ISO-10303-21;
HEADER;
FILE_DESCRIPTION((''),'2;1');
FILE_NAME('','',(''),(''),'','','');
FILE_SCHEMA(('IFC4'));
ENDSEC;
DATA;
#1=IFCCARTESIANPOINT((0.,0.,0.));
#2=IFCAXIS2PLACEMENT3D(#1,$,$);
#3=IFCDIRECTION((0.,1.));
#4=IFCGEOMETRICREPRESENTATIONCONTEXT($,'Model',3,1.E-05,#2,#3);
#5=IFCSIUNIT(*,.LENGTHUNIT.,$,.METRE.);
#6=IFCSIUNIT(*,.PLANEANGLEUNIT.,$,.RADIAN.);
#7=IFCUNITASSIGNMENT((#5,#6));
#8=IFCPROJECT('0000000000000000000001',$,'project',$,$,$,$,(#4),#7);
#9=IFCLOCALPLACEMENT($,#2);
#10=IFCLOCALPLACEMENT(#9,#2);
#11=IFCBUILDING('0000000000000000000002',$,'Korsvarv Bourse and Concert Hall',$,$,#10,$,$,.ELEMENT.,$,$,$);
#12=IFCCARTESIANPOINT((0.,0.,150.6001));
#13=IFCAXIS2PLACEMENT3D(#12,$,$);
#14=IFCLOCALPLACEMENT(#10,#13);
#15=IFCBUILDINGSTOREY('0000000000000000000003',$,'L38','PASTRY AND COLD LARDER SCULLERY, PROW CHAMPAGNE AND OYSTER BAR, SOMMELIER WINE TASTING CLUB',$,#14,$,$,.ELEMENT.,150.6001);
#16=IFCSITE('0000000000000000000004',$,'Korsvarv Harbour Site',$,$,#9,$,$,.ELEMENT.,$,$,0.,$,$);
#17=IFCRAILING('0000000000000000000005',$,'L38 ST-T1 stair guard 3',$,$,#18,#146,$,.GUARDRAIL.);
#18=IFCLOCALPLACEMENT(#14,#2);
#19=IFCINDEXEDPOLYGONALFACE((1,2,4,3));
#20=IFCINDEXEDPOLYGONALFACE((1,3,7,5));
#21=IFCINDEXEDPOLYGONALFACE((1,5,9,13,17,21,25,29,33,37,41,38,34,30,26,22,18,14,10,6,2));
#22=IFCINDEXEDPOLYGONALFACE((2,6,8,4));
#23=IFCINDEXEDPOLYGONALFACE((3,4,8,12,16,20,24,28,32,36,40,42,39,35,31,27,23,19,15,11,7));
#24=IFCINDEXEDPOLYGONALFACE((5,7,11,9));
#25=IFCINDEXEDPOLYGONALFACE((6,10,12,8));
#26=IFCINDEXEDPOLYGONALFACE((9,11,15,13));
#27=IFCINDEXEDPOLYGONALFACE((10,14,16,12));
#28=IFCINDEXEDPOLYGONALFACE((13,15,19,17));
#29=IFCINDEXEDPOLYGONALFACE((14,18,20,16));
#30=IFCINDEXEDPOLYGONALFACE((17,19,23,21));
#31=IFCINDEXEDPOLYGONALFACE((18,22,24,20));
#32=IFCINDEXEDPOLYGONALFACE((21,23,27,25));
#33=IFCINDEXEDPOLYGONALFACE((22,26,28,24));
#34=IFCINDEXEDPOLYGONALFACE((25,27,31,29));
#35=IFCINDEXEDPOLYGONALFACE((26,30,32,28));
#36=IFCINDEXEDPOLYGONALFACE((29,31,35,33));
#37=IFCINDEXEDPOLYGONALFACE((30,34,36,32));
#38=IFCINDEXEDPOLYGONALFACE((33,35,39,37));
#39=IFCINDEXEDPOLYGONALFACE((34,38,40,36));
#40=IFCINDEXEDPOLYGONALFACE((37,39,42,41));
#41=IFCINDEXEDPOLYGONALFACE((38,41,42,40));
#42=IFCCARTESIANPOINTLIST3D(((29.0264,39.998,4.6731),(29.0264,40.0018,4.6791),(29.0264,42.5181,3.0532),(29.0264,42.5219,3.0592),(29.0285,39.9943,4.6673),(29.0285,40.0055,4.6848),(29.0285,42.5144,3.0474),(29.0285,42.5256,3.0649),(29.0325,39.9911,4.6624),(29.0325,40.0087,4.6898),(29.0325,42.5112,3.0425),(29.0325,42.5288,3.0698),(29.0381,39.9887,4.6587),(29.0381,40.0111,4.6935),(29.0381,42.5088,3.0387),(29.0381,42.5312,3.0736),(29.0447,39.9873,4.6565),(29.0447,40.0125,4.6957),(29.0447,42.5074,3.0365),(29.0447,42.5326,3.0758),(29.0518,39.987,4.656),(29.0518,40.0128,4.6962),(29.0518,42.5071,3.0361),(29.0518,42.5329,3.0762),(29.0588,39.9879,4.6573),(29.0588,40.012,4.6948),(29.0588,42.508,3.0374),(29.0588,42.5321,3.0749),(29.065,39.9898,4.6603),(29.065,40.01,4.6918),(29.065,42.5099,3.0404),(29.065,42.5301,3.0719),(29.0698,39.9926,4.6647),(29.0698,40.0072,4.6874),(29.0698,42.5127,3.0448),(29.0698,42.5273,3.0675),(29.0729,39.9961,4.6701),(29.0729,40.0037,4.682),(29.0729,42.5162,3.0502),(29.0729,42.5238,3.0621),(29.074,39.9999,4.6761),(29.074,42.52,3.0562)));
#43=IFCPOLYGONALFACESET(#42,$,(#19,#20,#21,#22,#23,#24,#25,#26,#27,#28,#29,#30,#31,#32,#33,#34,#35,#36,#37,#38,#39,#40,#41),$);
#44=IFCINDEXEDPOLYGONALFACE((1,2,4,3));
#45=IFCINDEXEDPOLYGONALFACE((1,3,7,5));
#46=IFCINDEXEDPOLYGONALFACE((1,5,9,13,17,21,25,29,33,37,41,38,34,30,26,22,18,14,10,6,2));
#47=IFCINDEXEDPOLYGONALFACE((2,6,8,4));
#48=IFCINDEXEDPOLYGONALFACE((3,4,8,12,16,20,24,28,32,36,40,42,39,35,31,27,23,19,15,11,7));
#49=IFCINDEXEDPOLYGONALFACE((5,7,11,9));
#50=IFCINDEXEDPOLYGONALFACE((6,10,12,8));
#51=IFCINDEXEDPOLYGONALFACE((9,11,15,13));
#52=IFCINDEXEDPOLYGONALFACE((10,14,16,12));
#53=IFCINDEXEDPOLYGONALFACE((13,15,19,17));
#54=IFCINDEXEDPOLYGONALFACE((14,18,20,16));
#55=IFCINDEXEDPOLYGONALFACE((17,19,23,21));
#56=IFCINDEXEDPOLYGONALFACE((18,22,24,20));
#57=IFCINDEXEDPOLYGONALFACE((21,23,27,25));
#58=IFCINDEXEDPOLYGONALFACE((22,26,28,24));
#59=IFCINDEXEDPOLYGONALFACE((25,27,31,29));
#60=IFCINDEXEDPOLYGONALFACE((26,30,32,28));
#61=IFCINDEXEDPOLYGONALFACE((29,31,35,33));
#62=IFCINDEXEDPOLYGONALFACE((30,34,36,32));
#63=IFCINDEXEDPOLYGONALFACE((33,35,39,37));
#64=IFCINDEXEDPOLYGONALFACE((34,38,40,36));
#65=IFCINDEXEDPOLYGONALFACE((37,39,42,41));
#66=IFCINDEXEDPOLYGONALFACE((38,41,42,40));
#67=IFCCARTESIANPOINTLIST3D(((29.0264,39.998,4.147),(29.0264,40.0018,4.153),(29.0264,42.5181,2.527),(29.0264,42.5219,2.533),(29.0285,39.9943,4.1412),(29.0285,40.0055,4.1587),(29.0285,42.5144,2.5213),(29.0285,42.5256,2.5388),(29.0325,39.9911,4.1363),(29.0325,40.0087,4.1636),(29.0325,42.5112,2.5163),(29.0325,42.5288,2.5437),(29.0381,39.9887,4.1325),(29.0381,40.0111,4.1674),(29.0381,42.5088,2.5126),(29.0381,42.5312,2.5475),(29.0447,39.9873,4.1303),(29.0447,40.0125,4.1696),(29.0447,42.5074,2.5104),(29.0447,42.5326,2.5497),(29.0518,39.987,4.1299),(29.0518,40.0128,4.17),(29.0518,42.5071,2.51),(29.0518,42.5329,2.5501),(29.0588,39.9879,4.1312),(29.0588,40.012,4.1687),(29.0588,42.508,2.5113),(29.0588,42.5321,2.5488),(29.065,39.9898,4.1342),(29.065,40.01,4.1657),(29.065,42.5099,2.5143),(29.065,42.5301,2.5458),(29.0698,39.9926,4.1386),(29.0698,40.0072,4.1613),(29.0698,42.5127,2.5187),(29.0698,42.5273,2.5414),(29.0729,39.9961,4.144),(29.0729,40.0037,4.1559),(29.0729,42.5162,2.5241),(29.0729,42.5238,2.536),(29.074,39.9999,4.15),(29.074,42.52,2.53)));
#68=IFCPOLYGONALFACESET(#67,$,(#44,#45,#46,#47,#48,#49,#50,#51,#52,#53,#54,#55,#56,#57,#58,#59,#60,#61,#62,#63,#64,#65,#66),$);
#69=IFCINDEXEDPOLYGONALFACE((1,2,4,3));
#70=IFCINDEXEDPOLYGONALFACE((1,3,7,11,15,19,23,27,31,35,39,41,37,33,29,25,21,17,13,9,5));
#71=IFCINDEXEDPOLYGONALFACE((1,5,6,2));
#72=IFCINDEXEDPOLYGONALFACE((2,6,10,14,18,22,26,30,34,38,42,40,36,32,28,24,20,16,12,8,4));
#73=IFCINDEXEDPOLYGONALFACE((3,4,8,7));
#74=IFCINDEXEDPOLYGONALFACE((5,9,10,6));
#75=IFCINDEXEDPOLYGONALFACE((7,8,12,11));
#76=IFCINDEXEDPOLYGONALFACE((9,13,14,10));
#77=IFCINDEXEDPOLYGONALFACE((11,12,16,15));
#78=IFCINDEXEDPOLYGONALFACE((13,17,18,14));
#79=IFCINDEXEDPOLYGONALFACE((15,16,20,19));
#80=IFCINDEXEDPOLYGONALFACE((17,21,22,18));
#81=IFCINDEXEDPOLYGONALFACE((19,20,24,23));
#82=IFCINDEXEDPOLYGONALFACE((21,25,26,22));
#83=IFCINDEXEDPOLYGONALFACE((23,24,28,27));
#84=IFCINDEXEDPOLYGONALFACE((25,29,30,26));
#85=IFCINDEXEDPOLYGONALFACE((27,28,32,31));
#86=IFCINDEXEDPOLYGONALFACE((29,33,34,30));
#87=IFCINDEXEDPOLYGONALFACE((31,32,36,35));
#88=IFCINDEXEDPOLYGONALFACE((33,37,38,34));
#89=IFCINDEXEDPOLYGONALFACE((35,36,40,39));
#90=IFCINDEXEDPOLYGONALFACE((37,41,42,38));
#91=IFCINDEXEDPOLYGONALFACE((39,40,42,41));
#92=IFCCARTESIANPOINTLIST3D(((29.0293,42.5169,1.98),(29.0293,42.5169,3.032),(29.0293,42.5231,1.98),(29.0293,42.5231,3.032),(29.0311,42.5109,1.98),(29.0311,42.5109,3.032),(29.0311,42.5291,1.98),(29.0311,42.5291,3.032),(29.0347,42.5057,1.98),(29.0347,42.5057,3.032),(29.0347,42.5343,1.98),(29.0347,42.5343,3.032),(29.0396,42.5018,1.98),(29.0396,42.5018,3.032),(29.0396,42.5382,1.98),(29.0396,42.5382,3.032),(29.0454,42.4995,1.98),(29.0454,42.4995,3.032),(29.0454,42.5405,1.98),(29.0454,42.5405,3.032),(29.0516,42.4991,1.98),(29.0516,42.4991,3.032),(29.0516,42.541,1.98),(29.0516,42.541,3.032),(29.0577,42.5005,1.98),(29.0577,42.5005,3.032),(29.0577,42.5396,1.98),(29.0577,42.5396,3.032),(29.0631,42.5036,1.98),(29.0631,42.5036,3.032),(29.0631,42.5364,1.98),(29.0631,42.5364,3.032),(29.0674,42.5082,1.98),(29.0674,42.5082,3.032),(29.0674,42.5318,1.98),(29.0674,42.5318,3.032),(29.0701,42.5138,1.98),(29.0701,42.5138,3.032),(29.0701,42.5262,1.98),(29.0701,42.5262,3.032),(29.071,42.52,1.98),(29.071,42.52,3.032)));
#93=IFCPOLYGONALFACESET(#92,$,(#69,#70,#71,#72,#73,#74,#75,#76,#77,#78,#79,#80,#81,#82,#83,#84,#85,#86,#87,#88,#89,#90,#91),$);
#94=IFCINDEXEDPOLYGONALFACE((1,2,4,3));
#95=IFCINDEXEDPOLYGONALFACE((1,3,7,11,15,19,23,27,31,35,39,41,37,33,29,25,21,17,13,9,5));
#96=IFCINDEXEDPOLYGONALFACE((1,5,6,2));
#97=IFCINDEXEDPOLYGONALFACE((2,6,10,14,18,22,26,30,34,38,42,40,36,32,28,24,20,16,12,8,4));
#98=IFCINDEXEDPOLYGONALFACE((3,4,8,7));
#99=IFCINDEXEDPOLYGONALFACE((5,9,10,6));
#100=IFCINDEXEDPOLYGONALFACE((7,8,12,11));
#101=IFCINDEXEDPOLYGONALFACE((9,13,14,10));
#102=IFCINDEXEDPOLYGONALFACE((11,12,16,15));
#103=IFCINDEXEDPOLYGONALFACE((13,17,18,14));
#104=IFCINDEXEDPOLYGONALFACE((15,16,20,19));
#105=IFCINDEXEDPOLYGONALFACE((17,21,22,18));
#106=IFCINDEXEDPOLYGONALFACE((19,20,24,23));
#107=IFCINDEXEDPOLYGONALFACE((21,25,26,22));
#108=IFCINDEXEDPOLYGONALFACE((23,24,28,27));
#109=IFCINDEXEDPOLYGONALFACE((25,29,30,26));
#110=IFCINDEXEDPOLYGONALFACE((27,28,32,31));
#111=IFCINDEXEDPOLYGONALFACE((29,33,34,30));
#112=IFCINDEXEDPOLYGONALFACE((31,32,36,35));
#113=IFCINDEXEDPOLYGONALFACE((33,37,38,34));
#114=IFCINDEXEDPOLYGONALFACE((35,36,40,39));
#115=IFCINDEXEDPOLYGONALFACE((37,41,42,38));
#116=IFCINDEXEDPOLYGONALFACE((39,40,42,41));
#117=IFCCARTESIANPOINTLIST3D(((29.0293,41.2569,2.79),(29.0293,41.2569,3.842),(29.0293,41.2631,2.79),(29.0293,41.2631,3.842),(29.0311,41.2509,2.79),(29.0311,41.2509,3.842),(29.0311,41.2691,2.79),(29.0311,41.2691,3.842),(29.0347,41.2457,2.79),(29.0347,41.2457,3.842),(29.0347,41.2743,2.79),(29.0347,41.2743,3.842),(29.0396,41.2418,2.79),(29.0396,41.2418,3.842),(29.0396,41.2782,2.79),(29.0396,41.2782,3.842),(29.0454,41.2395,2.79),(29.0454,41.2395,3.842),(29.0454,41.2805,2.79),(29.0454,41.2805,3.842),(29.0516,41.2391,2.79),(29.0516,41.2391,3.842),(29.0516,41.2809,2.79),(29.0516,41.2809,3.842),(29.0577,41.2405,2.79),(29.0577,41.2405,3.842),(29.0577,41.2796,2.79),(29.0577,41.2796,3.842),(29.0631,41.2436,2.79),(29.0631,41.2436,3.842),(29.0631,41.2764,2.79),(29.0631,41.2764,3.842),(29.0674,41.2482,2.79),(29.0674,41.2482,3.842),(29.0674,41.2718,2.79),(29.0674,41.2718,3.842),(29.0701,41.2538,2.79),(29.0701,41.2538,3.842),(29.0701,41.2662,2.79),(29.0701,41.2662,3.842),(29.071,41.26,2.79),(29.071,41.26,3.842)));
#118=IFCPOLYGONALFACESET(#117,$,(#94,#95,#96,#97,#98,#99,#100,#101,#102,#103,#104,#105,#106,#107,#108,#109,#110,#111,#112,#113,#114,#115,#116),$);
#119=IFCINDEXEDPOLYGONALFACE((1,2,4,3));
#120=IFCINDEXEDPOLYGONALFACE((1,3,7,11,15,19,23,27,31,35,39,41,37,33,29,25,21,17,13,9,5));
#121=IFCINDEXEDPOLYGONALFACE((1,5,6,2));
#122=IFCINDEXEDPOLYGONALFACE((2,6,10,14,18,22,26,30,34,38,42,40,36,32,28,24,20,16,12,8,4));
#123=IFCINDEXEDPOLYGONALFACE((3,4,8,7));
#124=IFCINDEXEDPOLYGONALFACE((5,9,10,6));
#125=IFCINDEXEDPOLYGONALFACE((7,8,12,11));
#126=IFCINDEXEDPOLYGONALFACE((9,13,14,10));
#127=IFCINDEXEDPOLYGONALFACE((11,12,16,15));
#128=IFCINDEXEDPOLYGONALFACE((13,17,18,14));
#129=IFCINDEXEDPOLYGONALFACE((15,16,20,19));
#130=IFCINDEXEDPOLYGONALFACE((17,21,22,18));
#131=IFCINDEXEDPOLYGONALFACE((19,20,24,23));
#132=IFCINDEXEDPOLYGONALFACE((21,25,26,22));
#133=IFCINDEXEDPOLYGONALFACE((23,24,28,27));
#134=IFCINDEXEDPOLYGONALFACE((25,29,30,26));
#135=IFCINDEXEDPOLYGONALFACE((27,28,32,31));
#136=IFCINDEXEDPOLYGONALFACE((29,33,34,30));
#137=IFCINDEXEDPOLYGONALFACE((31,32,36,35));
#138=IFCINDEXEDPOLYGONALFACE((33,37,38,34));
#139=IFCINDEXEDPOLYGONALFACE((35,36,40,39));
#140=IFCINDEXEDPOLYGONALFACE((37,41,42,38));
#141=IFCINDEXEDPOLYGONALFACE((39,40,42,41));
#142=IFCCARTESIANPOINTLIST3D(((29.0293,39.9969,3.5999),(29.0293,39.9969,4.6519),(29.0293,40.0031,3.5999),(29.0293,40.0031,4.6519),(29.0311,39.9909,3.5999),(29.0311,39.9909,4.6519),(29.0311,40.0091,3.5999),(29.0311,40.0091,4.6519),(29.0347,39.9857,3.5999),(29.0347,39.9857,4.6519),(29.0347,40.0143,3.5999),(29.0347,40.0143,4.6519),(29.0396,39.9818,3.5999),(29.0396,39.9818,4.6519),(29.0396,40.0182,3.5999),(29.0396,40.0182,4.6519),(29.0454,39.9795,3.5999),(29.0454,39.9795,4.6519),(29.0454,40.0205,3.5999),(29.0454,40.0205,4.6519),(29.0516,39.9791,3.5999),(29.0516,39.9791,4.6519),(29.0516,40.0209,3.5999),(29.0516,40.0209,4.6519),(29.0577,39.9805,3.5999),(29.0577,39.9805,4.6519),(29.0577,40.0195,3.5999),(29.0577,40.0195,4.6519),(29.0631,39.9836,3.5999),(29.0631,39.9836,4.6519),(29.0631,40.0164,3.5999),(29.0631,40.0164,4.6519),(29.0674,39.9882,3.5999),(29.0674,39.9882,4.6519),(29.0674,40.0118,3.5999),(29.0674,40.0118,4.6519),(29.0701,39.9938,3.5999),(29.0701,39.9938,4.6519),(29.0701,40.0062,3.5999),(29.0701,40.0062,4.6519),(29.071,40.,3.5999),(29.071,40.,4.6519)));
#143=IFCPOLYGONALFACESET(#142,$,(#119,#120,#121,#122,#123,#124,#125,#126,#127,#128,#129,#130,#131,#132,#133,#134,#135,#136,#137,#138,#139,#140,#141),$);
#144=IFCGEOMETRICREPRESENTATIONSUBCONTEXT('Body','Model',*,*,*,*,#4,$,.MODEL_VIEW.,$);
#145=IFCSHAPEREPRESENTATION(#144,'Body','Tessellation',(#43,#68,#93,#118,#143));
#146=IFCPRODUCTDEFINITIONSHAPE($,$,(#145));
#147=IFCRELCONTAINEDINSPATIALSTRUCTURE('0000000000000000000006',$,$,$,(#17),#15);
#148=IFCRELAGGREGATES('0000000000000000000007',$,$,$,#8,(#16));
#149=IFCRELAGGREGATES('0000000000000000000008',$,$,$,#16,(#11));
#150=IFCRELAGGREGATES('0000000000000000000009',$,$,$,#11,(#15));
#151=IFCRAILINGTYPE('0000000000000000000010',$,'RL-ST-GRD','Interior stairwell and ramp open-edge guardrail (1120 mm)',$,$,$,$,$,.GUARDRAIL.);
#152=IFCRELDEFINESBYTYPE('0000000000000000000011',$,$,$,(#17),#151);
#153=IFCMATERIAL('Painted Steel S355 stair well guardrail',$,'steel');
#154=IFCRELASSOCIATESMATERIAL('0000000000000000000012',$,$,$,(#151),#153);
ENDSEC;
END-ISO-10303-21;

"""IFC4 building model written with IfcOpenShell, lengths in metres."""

from ifc_helpers import new_model, si_unit, direction, frame, origin, origin_2d, place, context, subcontext, project, spatial, circle, extrude, material, type_object, element, save


model = new_model("IFC4")

# Units and contexts
model_context = context("Model", 3, precision=1e-05, world=origin(), true_north=direction((0.0, 1.0)))
body_context = subcontext(model_context, "Body", "Model", "MODEL_VIEW")
ifc_project = project(units=[si_unit("LENGTHUNIT", "METRE"), si_unit("PLANEANGLEUNIT", "RADIAN")], contexts=[model_context])

# Site, building, storey
site_placement = place(None, origin())
site = spatial("IfcSite", under=ifc_project, at=site_placement, Name="Korsvarv Harbour Site", CompositionType="ELEMENT", RefElevation=0.0)
building_placement = place(site_placement, origin())
building = spatial("IfcBuilding", under=site, at=building_placement, Name="Korsvarv Bourse and Concert Hall", CompositionType="ELEMENT")
storey_placement = place(building_placement, frame((0.0, 0.0, 150.6001)))
storey = spatial("IfcBuildingStorey", under=building, at=storey_placement, Name="L38", Description="PASTRY AND COLD LARDER SCULLERY, PROW CHAMPAGNE AND OYSTER BAR, SOMMELIER WINE TASTING CLUB", CompositionType="ELEMENT", Elevation=150.6001)

# Railing
ifc_material_1 = material(Name="Painted Steel S355 stair well guardrail", Category="steel")
railing_type = type_object("IfcRailingType", Name="RL-ST-GRD", Description="Interior stairwell and ramp open-edge guardrail (1120 mm)", PredefinedType="GUARDRAIL", material=ifc_material_1)
railing_1_placement = place(storey_placement, frame((29.05, 42.52, 1.98)))
element("IfcRailing", 1, at=railing_1_placement, inside=storey, type_object=railing_type, Name="L38 ST-T1 stair guard 3", PredefinedType="GUARDRAIL", context=body_context, shape_type="SweptSolid", body=[
    extrude(circle(Radius=0.0239, at=origin_2d()), frame((0.0, 0.0, 1.0762), z_axis=(0.0, -0.8412, 0.540725), x_axis=(1.0, 0.0, 0.0)), (0.0, 0.0, 1.0), 2.9958),
    extrude(circle(Radius=0.0239, at=origin_2d()), frame((0.0, 0.0, 0.55), z_axis=(0.0, -0.8412, 0.540725), x_axis=(1.0, 0.0, 0.0)), (0.0, 0.0, 1.0), 2.9958),
    extrude(circle(Radius=0.021, at=origin_2d()), origin(), (0.0, 0.0, 1.0), 1.052),
    extrude(circle(Radius=0.021, at=origin_2d()), frame((0.0, -1.26, 0.8101)), (0.0, 0.0, 1.0), 1.052),
    extrude(circle(Radius=0.021, at=origin_2d()), frame((0.0, -2.52, 1.6199)), (0.0, 0.0, 1.0), 1.052),
])

save(model, "model.ifc")
